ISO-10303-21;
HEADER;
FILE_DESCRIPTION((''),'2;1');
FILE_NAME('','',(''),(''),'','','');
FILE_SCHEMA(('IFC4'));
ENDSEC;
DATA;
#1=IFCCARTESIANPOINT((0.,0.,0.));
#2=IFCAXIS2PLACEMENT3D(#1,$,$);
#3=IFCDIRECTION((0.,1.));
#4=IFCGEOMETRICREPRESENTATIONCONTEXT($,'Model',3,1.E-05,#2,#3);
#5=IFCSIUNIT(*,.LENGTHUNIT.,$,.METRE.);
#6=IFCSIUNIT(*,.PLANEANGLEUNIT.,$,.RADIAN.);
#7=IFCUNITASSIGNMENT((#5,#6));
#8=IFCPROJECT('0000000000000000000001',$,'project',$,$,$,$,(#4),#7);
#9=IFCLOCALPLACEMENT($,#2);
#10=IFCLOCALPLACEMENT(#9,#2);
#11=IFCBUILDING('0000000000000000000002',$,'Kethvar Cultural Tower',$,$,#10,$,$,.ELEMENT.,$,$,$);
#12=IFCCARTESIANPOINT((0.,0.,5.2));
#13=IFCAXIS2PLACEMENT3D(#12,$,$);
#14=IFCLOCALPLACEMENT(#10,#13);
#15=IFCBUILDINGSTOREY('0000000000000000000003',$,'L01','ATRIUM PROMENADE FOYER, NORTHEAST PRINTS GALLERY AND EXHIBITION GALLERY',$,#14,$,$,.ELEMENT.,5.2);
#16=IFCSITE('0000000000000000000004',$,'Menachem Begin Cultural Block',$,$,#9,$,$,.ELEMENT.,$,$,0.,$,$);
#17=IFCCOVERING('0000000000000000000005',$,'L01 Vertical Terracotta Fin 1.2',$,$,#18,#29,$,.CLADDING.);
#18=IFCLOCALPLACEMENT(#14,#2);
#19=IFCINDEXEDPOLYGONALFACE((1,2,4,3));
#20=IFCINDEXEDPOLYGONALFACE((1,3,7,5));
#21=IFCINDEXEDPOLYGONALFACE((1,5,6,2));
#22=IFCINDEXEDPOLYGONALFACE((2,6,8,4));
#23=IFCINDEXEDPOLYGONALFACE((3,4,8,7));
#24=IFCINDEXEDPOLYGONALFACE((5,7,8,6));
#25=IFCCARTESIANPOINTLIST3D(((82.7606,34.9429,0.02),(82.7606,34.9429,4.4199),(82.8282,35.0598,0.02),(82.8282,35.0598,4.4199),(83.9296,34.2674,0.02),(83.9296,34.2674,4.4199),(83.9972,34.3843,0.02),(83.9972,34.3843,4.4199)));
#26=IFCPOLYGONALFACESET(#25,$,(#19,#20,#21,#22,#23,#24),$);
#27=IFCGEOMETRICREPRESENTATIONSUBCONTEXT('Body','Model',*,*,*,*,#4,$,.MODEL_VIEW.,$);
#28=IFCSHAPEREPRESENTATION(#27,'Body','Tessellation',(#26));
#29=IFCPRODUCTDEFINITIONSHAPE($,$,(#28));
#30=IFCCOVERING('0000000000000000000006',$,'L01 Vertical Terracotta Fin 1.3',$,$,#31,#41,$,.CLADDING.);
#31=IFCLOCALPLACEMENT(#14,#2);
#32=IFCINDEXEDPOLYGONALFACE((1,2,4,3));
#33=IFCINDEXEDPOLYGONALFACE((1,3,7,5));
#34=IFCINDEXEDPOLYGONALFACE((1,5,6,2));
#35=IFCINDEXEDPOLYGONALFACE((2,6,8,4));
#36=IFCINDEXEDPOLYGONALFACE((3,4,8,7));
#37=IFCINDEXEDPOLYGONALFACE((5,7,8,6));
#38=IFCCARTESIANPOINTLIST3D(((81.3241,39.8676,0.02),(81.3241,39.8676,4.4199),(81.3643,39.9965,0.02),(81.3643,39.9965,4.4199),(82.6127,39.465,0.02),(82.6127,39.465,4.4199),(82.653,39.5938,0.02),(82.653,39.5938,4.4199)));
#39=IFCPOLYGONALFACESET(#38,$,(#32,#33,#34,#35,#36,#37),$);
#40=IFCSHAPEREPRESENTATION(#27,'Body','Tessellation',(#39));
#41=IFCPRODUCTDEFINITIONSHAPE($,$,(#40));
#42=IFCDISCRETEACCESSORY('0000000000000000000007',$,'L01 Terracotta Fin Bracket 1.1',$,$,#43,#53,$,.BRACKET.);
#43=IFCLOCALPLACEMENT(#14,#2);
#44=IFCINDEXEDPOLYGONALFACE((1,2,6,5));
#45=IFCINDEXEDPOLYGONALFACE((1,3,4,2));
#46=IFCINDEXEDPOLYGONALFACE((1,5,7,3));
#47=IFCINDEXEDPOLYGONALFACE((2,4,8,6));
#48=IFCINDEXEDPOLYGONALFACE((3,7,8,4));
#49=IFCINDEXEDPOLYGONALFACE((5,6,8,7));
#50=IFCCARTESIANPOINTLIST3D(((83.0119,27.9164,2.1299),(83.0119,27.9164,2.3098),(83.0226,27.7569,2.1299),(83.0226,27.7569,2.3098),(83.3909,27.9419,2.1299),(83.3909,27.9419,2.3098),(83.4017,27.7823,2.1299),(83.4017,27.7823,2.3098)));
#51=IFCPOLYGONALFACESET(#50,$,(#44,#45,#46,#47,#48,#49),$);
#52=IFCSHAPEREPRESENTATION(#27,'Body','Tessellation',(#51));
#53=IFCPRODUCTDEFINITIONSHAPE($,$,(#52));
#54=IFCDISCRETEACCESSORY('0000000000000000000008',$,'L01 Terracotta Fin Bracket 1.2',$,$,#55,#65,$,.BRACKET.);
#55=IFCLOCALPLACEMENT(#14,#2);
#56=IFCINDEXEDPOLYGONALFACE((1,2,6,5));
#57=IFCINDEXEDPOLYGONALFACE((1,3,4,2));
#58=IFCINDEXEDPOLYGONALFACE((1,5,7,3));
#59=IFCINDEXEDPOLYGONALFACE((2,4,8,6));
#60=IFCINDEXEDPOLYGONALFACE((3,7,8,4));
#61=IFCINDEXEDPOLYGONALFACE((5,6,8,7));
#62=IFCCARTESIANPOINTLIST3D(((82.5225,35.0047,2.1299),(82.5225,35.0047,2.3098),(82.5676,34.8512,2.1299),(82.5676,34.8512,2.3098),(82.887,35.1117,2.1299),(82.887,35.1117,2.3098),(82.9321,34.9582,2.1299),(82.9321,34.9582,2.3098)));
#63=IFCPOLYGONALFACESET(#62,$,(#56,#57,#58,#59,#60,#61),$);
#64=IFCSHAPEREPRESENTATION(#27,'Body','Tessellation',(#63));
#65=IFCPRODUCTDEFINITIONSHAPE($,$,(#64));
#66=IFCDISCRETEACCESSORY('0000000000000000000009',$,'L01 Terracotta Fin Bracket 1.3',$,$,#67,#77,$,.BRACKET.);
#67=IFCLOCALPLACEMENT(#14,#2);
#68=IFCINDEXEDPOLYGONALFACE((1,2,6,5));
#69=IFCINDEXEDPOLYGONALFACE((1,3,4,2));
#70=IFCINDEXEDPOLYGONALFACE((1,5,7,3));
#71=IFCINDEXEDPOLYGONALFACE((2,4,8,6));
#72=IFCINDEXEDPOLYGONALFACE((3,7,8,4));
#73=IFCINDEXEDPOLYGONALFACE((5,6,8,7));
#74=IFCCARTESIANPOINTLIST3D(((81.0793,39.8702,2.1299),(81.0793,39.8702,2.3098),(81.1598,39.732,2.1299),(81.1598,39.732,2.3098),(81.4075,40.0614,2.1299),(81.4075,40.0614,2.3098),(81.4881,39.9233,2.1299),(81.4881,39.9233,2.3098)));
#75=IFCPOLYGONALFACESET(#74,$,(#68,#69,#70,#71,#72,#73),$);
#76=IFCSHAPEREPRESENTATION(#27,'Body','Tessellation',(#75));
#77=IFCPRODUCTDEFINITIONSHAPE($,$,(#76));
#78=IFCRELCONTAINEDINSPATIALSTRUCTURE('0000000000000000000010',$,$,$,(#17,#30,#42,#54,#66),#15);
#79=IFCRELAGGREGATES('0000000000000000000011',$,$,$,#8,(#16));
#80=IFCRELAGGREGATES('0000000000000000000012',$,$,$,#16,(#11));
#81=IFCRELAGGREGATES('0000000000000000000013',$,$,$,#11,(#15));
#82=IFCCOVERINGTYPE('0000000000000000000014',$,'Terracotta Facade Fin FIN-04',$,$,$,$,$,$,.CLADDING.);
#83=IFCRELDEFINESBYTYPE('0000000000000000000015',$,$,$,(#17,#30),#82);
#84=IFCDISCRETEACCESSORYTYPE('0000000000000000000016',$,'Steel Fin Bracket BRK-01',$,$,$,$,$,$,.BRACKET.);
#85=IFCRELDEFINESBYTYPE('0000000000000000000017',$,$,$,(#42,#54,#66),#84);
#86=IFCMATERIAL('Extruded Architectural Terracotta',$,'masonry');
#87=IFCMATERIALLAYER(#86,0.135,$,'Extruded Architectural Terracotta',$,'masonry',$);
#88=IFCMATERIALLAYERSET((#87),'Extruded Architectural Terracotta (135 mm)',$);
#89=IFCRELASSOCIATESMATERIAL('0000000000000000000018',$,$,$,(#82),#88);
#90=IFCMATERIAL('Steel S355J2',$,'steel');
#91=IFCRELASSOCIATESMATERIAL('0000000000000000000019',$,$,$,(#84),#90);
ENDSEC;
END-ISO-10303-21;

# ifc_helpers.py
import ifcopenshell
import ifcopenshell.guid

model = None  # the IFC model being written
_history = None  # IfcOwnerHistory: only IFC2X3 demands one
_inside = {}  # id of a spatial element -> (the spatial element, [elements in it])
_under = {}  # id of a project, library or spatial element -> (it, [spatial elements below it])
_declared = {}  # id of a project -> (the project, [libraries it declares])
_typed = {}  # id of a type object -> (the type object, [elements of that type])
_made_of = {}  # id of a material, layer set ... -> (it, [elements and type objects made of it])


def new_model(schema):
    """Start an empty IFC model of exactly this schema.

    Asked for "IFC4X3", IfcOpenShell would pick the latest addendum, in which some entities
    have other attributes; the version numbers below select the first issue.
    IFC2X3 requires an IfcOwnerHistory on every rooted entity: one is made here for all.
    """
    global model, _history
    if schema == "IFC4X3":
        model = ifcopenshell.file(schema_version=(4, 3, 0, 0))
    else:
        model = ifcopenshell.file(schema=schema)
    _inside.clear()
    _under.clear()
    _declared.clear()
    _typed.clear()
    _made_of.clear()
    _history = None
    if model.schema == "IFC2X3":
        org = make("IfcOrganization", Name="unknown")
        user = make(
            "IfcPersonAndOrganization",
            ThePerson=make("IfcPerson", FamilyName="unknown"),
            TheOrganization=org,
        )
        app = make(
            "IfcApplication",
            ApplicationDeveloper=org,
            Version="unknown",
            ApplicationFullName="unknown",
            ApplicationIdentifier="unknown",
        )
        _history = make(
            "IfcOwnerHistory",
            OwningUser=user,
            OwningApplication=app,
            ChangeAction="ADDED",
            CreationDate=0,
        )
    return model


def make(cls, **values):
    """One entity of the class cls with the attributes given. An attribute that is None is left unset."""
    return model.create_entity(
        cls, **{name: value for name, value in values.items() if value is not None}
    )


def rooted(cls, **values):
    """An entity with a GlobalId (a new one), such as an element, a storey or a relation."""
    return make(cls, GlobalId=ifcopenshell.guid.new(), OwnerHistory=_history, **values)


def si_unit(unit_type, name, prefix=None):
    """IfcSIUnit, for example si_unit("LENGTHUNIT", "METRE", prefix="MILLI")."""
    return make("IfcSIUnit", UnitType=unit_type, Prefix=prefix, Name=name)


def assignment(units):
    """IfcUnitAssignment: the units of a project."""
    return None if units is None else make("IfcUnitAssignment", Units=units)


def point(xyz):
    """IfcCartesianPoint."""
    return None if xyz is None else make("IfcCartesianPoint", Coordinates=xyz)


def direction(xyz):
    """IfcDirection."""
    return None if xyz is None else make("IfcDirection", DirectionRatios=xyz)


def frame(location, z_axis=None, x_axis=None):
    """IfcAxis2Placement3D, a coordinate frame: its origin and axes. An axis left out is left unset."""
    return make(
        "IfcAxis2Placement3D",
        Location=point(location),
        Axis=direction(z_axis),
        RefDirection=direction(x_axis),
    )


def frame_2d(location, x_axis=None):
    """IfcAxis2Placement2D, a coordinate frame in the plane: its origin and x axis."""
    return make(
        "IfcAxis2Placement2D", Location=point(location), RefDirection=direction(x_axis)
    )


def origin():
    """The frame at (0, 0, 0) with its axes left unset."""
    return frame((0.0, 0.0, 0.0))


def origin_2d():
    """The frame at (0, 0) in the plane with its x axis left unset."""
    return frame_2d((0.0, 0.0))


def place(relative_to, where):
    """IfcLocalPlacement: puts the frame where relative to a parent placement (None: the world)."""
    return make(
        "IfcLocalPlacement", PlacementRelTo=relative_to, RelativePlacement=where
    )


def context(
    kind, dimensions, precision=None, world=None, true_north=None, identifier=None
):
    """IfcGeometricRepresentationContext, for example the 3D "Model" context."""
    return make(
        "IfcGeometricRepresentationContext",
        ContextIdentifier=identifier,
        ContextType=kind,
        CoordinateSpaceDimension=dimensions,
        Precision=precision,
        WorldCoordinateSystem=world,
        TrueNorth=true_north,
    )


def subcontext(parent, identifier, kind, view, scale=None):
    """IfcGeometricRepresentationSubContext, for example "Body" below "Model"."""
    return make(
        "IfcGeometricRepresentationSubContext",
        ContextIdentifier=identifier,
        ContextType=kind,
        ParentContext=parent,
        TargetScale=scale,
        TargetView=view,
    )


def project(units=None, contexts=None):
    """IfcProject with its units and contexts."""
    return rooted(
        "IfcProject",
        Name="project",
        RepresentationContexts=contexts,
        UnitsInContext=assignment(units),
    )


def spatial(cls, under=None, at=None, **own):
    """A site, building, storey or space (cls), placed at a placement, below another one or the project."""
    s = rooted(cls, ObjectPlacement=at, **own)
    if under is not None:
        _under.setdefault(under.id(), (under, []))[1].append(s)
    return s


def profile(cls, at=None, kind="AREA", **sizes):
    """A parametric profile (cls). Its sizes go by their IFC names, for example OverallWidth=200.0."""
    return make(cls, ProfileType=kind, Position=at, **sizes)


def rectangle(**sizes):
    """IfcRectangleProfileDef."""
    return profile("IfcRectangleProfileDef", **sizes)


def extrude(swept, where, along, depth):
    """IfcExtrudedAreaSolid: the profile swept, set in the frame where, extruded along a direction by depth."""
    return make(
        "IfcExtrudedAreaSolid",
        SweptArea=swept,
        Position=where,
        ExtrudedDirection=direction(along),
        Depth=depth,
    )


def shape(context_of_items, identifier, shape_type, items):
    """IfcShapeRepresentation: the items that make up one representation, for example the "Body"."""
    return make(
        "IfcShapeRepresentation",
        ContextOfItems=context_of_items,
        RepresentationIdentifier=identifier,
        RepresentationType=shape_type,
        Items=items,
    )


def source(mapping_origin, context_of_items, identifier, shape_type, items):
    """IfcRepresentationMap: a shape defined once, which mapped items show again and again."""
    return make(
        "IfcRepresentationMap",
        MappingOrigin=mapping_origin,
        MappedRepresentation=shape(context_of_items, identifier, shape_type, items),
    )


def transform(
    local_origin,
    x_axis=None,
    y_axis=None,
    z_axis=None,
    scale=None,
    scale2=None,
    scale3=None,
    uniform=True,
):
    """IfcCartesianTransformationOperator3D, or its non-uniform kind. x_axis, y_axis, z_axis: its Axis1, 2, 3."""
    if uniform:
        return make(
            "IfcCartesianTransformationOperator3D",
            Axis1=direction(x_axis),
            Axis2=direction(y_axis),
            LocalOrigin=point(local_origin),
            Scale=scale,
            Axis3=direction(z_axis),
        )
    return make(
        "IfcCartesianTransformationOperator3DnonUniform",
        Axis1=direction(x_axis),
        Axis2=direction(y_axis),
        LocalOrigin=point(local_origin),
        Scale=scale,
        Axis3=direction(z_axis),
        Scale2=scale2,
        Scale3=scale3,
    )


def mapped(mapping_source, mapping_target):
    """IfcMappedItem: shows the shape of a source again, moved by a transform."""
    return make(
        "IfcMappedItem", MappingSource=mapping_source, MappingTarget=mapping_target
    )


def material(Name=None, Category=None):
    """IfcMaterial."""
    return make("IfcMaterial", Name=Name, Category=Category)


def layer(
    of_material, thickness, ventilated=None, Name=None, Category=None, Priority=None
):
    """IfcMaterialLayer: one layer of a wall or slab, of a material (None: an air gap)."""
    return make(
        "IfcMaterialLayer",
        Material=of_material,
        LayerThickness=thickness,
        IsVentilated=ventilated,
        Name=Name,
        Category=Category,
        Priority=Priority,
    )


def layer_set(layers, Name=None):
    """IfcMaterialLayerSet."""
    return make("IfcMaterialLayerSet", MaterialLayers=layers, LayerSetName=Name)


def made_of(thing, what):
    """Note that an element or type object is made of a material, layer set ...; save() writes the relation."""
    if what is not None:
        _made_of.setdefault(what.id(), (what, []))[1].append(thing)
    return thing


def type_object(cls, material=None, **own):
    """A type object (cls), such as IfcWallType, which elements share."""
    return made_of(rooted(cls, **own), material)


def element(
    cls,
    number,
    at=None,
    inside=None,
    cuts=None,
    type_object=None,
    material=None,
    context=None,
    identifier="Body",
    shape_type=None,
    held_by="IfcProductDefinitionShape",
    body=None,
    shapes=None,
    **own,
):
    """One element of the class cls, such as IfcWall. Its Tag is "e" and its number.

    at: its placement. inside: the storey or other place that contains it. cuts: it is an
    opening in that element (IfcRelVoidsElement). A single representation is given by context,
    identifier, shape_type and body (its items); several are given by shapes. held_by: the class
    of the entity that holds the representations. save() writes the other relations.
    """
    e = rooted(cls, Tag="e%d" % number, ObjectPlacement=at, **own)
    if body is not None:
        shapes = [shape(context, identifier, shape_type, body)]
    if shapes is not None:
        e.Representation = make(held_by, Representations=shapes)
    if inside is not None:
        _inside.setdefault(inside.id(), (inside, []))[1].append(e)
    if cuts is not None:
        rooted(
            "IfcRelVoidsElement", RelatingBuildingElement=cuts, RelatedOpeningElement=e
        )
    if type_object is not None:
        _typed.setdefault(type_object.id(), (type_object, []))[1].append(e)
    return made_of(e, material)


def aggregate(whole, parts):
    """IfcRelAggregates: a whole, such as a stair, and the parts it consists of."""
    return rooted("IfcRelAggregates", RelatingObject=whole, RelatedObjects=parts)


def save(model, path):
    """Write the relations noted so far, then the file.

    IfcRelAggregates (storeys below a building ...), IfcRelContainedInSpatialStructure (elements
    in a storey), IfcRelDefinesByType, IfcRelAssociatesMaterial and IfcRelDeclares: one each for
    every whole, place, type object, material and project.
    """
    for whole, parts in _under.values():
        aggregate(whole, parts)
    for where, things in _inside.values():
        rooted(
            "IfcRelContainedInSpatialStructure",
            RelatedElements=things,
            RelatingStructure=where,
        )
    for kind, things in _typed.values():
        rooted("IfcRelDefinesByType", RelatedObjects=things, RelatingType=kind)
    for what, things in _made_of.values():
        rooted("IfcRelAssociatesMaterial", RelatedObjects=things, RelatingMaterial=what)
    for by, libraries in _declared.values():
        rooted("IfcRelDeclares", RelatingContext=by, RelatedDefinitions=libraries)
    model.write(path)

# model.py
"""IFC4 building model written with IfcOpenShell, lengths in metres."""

from ifc_helpers import new_model, si_unit, direction, frame, origin, origin_2d, place, context, subcontext, project, spatial, rectangle, extrude, source, transform, mapped, material, layer, layer_set, type_object, element, save


model = new_model("IFC4")

# Units and contexts
model_context = context("Model", 3, precision=1e-05, world=origin(), true_north=direction((0.0, 1.0)))
body_context = subcontext(model_context, "Body", "Model", "MODEL_VIEW")
ifc_project = project(units=[si_unit("LENGTHUNIT", "METRE"), si_unit("PLANEANGLEUNIT", "RADIAN")], contexts=[model_context])

# Site, building, storey
site_placement = place(None, origin())
site = spatial("IfcSite", under=ifc_project, at=site_placement, Name="Menachem Begin Cultural Block", CompositionType="ELEMENT", RefElevation=0.0)
building_placement = place(site_placement, origin())
building = spatial("IfcBuilding", under=site, at=building_placement, Name="Kethvar Cultural Tower", CompositionType="ELEMENT")
storey_placement = place(building_placement, frame((0.0, 0.0, 5.2)))
storey = spatial("IfcBuildingStorey", under=building, at=storey_placement, Name="L01", Description="ATRIUM PROMENADE FOYER, NORTHEAST PRINTS GALLERY AND EXHIBITION GALLERY", CompositionType="ELEMENT", Elevation=5.2)

# Shared definitions
ifc_material_1 = material(Name="Steel S355J2", Category="steel")

# Coverings
ifc_material_2 = material(Name="Extruded Architectural Terracotta", Category="masonry")
ifc_layer_1 = layer(ifc_material_2, 0.135, Name="Extruded Architectural Terracotta", Category="masonry")
ifc_layer_set_1 = layer_set([ifc_layer_1], Name="Extruded Architectural Terracotta (135 mm)")
covering_type = type_object("IfcCoveringType", Name="Terracotta Facade Fin FIN-04", PredefinedType="CLADDING", material=ifc_layer_set_1)
shared_shape_1 = source(origin(), body_context, "Body", "SweptSolid", [
    extrude(rectangle(XDim=1.3501, YDim=0.135, at=origin_2d()), origin(), (0.0, 0.0, 1.0), 4.3999),
])
for number, where, z_axis, x_axis, name in (
    (1, (83.3789, 34.6636, 0.02), (0.0, 0.0, 1.0), (0.865851, -0.500302, 0.0), "L01 Vertical Terracotta Fin 1.2"),
    (2, (81.9885, 39.7307, 0.02), (0.0, 0.0, 1.0), (0.954501, -0.298208, 0.0), "L01 Vertical Terracotta Fin 1.3"),
):
    element("IfcCovering", number, at=place(storey_placement, frame(where, z_axis=z_axis, x_axis=x_axis)), inside=storey, type_object=covering_type, Name=name, PredefinedType="CLADDING", context=body_context, shape_type="MappedRepresentation", body=[
        mapped(shared_shape_1, transform((0.0, 0.0, 0.0), scale=1.0)),
    ])

# Discrete accessories
discrete_accessory_type = type_object("IfcDiscreteAccessoryType", Name="Steel Fin Bracket BRK-01", PredefinedType="BRACKET", material=ifc_material_1)
shared_shape_2 = source(origin(), body_context, "Body", "SweptSolid", [
    extrude(rectangle(XDim=0.3799, YDim=0.1599, at=origin_2d()), origin(), (0.0, 0.0, 1.0), 0.1799),
])
for number, where, z_axis, x_axis, name in (
    (3, (83.2068, 27.8494, 2.1299), (0.0, 0.0, 1.0), (0.997755, 0.06697, 0.0), "L01 Terracotta Fin Bracket 1.1"),
    (4, (82.7273, 34.9814, 2.1299), (0.0, 0.0, 1.0), (0.959511, 0.281672, 0.0), "L01 Terracotta Fin Bracket 1.2"),
    (5, (81.2837, 39.8967, 2.1299), (0.0, 0.0, 1.0), (0.864011, 0.503472, 0.0), "L01 Terracotta Fin Bracket 1.3"),
):
    element("IfcDiscreteAccessory", number, at=place(storey_placement, frame(where, z_axis=z_axis, x_axis=x_axis)), inside=storey, type_object=discrete_accessory_type, Name=name, PredefinedType="BRACKET", context=body_context, shape_type="MappedRepresentation", body=[
        mapped(shared_shape_2, transform((0.0, 0.0, 0.0), scale=1.0)),
    ])

save(model, "model.ifc")
